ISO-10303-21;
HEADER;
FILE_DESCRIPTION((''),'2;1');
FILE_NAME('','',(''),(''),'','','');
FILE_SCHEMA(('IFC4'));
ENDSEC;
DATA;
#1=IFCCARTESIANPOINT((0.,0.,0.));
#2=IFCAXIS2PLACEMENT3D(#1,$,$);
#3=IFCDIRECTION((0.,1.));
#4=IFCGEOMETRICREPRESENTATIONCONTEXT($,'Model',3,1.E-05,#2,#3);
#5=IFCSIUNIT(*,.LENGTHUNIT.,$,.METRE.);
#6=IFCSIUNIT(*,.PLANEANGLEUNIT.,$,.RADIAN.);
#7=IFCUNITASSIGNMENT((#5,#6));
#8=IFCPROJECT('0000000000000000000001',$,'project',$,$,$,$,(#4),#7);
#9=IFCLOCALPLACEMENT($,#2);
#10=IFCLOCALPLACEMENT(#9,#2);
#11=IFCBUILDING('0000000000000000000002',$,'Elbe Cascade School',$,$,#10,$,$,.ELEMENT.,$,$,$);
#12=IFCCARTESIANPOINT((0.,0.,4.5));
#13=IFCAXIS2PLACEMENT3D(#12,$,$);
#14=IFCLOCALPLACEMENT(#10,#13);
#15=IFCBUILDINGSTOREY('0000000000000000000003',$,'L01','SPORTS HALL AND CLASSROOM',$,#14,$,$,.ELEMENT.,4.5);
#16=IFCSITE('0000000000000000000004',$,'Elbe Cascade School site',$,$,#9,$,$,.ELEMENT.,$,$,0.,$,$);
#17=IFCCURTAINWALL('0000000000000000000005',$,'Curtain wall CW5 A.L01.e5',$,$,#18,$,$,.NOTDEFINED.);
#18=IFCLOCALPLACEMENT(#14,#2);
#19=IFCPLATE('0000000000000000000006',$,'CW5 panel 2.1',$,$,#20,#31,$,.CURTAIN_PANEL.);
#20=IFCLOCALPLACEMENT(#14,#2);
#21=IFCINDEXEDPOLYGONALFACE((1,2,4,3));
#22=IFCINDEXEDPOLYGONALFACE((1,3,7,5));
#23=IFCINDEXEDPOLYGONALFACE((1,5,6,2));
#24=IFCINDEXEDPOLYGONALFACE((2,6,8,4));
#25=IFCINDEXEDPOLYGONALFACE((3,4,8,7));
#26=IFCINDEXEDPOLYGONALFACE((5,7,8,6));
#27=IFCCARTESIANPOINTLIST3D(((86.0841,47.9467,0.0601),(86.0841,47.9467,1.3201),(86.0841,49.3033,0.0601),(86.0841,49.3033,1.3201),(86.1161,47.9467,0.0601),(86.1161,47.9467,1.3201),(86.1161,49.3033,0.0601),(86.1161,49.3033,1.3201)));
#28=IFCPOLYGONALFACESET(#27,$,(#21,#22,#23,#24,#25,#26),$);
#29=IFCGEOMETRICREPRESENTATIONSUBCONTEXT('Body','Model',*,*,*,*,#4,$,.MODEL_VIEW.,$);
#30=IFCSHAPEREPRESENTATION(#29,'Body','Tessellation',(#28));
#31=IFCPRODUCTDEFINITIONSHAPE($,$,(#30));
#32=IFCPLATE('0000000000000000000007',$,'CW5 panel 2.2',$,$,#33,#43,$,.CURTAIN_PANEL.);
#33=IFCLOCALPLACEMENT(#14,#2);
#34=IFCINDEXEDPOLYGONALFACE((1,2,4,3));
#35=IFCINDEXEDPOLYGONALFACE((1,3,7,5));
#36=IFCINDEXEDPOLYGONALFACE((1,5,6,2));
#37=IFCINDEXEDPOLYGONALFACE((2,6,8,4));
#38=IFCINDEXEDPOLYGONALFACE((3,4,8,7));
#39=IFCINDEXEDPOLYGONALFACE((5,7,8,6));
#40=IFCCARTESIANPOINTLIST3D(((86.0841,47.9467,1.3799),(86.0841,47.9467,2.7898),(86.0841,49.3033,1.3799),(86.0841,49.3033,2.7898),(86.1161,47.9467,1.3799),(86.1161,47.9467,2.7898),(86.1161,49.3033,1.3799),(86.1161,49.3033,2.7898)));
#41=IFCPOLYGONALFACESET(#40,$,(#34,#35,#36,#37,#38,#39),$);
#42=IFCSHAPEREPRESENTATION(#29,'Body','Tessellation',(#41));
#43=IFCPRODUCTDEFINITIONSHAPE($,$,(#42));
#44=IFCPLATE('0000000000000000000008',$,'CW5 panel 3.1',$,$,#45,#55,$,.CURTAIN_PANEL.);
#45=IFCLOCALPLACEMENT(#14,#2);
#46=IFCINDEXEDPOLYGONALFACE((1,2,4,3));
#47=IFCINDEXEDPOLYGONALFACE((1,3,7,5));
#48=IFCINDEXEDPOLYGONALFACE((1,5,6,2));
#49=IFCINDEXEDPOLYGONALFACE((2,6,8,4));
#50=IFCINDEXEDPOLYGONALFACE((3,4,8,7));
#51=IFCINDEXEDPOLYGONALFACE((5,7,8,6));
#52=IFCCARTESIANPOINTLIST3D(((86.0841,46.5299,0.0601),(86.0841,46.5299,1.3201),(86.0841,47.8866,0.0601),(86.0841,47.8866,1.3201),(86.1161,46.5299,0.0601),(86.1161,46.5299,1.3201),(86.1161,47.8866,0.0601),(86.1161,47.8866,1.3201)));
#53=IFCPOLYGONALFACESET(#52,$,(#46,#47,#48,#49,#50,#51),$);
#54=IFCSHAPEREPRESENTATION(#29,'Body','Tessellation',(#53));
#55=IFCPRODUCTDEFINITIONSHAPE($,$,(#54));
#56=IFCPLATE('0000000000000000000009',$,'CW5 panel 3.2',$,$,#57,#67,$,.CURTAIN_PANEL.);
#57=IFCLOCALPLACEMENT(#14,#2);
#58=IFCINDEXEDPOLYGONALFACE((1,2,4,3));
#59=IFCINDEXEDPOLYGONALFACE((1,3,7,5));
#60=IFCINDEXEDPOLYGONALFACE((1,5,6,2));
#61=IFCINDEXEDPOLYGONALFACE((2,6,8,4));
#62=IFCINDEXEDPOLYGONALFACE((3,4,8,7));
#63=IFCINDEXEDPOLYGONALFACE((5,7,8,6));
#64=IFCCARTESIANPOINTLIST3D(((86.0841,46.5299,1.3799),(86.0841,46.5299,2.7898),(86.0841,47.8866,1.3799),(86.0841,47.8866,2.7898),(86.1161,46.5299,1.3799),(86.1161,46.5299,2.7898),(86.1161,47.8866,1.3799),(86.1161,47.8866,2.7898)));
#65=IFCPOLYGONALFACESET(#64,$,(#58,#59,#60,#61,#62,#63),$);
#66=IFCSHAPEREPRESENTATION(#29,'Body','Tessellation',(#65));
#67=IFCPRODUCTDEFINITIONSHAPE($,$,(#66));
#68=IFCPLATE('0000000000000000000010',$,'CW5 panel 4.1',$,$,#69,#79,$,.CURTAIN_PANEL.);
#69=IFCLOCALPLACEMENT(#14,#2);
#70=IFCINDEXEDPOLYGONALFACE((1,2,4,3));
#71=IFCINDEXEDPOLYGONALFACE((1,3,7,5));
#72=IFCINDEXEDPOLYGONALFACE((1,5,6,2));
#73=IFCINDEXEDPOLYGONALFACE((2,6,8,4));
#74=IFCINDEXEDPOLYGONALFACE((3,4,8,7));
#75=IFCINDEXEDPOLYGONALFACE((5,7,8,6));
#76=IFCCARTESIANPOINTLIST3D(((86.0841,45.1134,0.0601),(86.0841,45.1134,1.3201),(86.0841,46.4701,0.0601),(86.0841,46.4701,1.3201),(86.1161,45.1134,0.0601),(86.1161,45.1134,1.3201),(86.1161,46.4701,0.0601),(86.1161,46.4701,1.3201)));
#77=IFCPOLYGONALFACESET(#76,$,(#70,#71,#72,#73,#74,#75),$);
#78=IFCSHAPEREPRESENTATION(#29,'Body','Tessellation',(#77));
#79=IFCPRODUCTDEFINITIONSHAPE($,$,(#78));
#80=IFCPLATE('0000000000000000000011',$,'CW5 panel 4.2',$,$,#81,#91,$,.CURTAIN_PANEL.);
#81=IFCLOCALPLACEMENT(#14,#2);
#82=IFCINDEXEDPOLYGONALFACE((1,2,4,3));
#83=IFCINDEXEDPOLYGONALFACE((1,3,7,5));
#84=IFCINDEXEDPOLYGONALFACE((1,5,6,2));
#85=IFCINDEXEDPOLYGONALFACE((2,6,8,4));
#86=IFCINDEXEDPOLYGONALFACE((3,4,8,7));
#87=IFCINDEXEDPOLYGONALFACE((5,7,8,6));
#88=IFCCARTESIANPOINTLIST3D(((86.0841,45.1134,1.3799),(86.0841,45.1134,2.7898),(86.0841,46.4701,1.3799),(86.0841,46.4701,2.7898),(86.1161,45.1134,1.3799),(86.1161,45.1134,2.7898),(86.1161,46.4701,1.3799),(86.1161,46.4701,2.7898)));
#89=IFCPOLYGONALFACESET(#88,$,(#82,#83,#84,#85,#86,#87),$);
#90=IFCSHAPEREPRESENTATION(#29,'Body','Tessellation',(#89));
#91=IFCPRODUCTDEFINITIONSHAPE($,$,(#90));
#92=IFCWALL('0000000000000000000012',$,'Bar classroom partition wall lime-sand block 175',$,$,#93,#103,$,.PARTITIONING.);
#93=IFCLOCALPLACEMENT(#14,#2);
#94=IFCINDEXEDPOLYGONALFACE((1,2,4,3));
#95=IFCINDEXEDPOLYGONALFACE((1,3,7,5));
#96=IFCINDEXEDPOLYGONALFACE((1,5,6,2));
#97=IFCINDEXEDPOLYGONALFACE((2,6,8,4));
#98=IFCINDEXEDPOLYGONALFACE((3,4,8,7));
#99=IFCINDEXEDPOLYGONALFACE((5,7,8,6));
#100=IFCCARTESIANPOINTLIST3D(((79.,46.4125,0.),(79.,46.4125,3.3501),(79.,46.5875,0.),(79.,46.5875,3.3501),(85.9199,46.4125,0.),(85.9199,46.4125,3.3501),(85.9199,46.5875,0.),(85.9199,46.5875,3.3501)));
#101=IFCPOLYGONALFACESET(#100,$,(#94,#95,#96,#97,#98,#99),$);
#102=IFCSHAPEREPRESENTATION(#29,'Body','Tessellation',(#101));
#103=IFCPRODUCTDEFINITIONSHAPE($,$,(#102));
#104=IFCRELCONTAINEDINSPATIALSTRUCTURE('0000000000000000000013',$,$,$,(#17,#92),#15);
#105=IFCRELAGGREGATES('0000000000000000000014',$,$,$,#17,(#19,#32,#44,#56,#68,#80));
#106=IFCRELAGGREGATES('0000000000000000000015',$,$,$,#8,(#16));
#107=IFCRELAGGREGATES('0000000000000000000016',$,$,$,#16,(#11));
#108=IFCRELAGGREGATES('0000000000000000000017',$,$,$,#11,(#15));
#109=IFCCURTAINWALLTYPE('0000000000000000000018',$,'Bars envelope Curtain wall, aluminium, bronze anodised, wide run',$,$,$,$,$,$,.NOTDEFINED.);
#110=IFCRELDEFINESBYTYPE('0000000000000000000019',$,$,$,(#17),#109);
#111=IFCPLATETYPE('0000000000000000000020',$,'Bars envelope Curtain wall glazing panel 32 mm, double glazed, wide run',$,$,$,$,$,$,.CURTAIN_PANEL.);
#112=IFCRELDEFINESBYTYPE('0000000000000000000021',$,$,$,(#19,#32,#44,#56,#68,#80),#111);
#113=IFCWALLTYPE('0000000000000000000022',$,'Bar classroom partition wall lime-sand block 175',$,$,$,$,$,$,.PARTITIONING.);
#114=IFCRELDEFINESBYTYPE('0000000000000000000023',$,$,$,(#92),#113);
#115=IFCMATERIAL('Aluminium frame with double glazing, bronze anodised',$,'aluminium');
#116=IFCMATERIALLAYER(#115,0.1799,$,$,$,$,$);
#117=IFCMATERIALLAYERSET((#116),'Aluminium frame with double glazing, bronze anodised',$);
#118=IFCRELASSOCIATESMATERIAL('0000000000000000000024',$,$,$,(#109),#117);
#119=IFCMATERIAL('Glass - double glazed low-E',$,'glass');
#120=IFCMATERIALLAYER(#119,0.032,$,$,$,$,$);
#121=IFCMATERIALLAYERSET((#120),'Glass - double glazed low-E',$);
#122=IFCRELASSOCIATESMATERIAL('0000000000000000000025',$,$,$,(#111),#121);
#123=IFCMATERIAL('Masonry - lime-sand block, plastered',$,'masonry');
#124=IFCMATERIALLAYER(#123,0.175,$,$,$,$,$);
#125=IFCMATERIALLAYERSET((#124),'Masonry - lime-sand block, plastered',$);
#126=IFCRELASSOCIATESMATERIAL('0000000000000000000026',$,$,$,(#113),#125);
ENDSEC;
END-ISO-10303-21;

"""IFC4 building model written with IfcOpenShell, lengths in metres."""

from ifc_helpers import new_model, si_unit, direction, frame, frame_2d, origin, origin_2d, place, context, subcontext, project, spatial, rectangle, extrude, material, layer, layer_set, type_object, element, aggregate, save


model = new_model("IFC4")

# Units and contexts
model_context = context("Model", 3, precision=1e-05, world=origin(), true_north=direction((0.0, 1.0)))
body_context = subcontext(model_context, "Body", "Model", "MODEL_VIEW")
ifc_project = project(units=[si_unit("LENGTHUNIT", "METRE"), si_unit("PLANEANGLEUNIT", "RADIAN")], contexts=[model_context])

# Site, building, storey
site_placement = place(None, origin())
site = spatial("IfcSite", under=ifc_project, at=site_placement, Name="Elbe Cascade School site", CompositionType="ELEMENT", RefElevation=0.0)
building_placement = place(site_placement, origin())
building = spatial("IfcBuilding", under=site, at=building_placement, Name="Elbe Cascade School", CompositionType="ELEMENT")
storey_placement = place(building_placement, frame((0.0, 0.0, 4.5)))
storey = spatial("IfcBuildingStorey", under=building, at=storey_placement, Name="L01", Description="SPORTS HALL AND CLASSROOM", CompositionType="ELEMENT", Elevation=4.5)

# Curtain wall, plates
ifc_material_1 = material(Name="Aluminium frame with double glazing, bronze anodised", Category="aluminium")
ifc_layer_1 = layer(ifc_material_1, 0.1799)
ifc_layer_set_1 = layer_set([ifc_layer_1], Name="Aluminium frame with double glazing, bronze anodised")
curtain_wall_type = type_object("IfcCurtainWallType", Name="Bars envelope Curtain wall, aluminium, bronze anodised, wide run", PredefinedType="NOTDEFINED", material=ifc_layer_set_1)
curtain_wall_placement = place(storey_placement, origin())
curtain_wall = element("IfcCurtainWall", 1, at=curtain_wall_placement, inside=storey, type_object=curtain_wall_type, Name="Curtain wall CW5 A.L01.e5", PredefinedType="NOTDEFINED")
ifc_material_2 = material(Name="Glass - double glazed low-E", Category="glass")
ifc_layer_2 = layer(ifc_material_2, 0.032)
ifc_layer_set_2 = layer_set([ifc_layer_2], Name="Glass - double glazed low-E")
plate_type = type_object("IfcPlateType", Name="Bars envelope Curtain wall glazing panel 32 mm, double glazed, wide run", PredefinedType="CURTAIN_PANEL", material=ifc_layer_set_2)
plate_1_placement = place(storey_placement, frame((86.1001, 48.625, 0.0601), z_axis=(0.0, 0.0, 1.0), x_axis=(0.0, -1.0, 0.0)))
plate_1 = element("IfcPlate", 2, at=plate_1_placement, type_object=plate_type, Name="CW5 panel 2.1", PredefinedType="CURTAIN_PANEL", context=body_context, shape_type="SweptSolid", body=[
    extrude(rectangle(XDim=1.3567, YDim=0.032, at=origin_2d()), origin(), (0.0, 0.0, 1.0), 1.26),
])
plate_2_placement = place(storey_placement, frame((86.1001, 48.625, 1.3799), z_axis=(0.0, 0.0, 1.0), x_axis=(0.0, -1.0, 0.0)))
plate_2 = element("IfcPlate", 3, at=plate_2_placement, type_object=plate_type, Name="CW5 panel 2.2", PredefinedType="CURTAIN_PANEL", context=body_context, shape_type="SweptSolid", body=[
    extrude(rectangle(XDim=1.3567, YDim=0.032, at=origin_2d()), origin(), (0.0, 0.0, 1.0), 1.4099),
])
plate_3_placement = place(storey_placement, frame((86.1001, 47.2083, 0.0601), z_axis=(0.0, 0.0, 1.0), x_axis=(0.0, -1.0, 0.0)))
plate_3 = element("IfcPlate", 4, at=plate_3_placement, type_object=plate_type, Name="CW5 panel 3.1", PredefinedType="CURTAIN_PANEL", context=body_context, shape_type="SweptSolid", body=[
    extrude(rectangle(XDim=1.3567, YDim=0.032, at=origin_2d()), origin(), (0.0, 0.0, 1.0), 1.26),
])
plate_4_placement = place(storey_placement, frame((86.1001, 47.2083, 1.3799), z_axis=(0.0, 0.0, 1.0), x_axis=(0.0, -1.0, 0.0)))
plate_4 = element("IfcPlate", 5, at=plate_4_placement, type_object=plate_type, Name="CW5 panel 3.2", PredefinedType="CURTAIN_PANEL", context=body_context, shape_type="SweptSolid", body=[
    extrude(rectangle(XDim=1.3567, YDim=0.032, at=origin_2d()), origin(), (0.0, 0.0, 1.0), 1.4099),
])
plate_5_placement = place(storey_placement, frame((86.1001, 45.7917, 0.0601), z_axis=(0.0, 0.0, 1.0), x_axis=(0.0, -1.0, 0.0)))
plate_5 = element("IfcPlate", 6, at=plate_5_placement, type_object=plate_type, Name="CW5 panel 4.1", PredefinedType="CURTAIN_PANEL", context=body_context, shape_type="SweptSolid", body=[
    extrude(rectangle(XDim=1.3567, YDim=0.032, at=origin_2d()), origin(), (0.0, 0.0, 1.0), 1.26),
])
plate_6_placement = place(storey_placement, frame((86.1001, 45.7917, 1.3799), z_axis=(0.0, 0.0, 1.0), x_axis=(0.0, -1.0, 0.0)))
plate_6 = element("IfcPlate", 7, at=plate_6_placement, type_object=plate_type, Name="CW5 panel 4.2", PredefinedType="CURTAIN_PANEL", context=body_context, shape_type="SweptSolid", body=[
    extrude(rectangle(XDim=1.3567, YDim=0.032, at=origin_2d()), origin(), (0.0, 0.0, 1.0), 1.4099),
])
aggregate(curtain_wall, [plate_1, plate_2, plate_3, plate_4, plate_5, plate_6])

# Wall
ifc_material_3 = material(Name="Masonry - lime-sand block, plastered", Category="masonry")
ifc_layer_3 = layer(ifc_material_3, 0.175)
ifc_layer_set_3 = layer_set([ifc_layer_3], Name="Masonry - lime-sand block, plastered")
wall_type = type_object("IfcWallType", Name="Bar classroom partition wall lime-sand block 175", PredefinedType="PARTITIONING", material=ifc_layer_set_3)
wall_placement = place(storey_placement, frame((79.0, 46.5, 0.0), z_axis=(0.0, 0.0, 1.0), x_axis=(1.0, 0.0, 0.0)))
element("IfcWall", 8, at=wall_placement, inside=storey, type_object=wall_type, Name="Bar classroom partition wall lime-sand block 175", PredefinedType="PARTITIONING", context=body_context, shape_type="SweptSolid", body=[
    extrude(rectangle(XDim=6.9199, YDim=0.175, at=frame_2d((3.46, 0.0))), origin(), (0.0, 0.0, 1.0), 3.3501),
])

save(model, "model.ifc")
